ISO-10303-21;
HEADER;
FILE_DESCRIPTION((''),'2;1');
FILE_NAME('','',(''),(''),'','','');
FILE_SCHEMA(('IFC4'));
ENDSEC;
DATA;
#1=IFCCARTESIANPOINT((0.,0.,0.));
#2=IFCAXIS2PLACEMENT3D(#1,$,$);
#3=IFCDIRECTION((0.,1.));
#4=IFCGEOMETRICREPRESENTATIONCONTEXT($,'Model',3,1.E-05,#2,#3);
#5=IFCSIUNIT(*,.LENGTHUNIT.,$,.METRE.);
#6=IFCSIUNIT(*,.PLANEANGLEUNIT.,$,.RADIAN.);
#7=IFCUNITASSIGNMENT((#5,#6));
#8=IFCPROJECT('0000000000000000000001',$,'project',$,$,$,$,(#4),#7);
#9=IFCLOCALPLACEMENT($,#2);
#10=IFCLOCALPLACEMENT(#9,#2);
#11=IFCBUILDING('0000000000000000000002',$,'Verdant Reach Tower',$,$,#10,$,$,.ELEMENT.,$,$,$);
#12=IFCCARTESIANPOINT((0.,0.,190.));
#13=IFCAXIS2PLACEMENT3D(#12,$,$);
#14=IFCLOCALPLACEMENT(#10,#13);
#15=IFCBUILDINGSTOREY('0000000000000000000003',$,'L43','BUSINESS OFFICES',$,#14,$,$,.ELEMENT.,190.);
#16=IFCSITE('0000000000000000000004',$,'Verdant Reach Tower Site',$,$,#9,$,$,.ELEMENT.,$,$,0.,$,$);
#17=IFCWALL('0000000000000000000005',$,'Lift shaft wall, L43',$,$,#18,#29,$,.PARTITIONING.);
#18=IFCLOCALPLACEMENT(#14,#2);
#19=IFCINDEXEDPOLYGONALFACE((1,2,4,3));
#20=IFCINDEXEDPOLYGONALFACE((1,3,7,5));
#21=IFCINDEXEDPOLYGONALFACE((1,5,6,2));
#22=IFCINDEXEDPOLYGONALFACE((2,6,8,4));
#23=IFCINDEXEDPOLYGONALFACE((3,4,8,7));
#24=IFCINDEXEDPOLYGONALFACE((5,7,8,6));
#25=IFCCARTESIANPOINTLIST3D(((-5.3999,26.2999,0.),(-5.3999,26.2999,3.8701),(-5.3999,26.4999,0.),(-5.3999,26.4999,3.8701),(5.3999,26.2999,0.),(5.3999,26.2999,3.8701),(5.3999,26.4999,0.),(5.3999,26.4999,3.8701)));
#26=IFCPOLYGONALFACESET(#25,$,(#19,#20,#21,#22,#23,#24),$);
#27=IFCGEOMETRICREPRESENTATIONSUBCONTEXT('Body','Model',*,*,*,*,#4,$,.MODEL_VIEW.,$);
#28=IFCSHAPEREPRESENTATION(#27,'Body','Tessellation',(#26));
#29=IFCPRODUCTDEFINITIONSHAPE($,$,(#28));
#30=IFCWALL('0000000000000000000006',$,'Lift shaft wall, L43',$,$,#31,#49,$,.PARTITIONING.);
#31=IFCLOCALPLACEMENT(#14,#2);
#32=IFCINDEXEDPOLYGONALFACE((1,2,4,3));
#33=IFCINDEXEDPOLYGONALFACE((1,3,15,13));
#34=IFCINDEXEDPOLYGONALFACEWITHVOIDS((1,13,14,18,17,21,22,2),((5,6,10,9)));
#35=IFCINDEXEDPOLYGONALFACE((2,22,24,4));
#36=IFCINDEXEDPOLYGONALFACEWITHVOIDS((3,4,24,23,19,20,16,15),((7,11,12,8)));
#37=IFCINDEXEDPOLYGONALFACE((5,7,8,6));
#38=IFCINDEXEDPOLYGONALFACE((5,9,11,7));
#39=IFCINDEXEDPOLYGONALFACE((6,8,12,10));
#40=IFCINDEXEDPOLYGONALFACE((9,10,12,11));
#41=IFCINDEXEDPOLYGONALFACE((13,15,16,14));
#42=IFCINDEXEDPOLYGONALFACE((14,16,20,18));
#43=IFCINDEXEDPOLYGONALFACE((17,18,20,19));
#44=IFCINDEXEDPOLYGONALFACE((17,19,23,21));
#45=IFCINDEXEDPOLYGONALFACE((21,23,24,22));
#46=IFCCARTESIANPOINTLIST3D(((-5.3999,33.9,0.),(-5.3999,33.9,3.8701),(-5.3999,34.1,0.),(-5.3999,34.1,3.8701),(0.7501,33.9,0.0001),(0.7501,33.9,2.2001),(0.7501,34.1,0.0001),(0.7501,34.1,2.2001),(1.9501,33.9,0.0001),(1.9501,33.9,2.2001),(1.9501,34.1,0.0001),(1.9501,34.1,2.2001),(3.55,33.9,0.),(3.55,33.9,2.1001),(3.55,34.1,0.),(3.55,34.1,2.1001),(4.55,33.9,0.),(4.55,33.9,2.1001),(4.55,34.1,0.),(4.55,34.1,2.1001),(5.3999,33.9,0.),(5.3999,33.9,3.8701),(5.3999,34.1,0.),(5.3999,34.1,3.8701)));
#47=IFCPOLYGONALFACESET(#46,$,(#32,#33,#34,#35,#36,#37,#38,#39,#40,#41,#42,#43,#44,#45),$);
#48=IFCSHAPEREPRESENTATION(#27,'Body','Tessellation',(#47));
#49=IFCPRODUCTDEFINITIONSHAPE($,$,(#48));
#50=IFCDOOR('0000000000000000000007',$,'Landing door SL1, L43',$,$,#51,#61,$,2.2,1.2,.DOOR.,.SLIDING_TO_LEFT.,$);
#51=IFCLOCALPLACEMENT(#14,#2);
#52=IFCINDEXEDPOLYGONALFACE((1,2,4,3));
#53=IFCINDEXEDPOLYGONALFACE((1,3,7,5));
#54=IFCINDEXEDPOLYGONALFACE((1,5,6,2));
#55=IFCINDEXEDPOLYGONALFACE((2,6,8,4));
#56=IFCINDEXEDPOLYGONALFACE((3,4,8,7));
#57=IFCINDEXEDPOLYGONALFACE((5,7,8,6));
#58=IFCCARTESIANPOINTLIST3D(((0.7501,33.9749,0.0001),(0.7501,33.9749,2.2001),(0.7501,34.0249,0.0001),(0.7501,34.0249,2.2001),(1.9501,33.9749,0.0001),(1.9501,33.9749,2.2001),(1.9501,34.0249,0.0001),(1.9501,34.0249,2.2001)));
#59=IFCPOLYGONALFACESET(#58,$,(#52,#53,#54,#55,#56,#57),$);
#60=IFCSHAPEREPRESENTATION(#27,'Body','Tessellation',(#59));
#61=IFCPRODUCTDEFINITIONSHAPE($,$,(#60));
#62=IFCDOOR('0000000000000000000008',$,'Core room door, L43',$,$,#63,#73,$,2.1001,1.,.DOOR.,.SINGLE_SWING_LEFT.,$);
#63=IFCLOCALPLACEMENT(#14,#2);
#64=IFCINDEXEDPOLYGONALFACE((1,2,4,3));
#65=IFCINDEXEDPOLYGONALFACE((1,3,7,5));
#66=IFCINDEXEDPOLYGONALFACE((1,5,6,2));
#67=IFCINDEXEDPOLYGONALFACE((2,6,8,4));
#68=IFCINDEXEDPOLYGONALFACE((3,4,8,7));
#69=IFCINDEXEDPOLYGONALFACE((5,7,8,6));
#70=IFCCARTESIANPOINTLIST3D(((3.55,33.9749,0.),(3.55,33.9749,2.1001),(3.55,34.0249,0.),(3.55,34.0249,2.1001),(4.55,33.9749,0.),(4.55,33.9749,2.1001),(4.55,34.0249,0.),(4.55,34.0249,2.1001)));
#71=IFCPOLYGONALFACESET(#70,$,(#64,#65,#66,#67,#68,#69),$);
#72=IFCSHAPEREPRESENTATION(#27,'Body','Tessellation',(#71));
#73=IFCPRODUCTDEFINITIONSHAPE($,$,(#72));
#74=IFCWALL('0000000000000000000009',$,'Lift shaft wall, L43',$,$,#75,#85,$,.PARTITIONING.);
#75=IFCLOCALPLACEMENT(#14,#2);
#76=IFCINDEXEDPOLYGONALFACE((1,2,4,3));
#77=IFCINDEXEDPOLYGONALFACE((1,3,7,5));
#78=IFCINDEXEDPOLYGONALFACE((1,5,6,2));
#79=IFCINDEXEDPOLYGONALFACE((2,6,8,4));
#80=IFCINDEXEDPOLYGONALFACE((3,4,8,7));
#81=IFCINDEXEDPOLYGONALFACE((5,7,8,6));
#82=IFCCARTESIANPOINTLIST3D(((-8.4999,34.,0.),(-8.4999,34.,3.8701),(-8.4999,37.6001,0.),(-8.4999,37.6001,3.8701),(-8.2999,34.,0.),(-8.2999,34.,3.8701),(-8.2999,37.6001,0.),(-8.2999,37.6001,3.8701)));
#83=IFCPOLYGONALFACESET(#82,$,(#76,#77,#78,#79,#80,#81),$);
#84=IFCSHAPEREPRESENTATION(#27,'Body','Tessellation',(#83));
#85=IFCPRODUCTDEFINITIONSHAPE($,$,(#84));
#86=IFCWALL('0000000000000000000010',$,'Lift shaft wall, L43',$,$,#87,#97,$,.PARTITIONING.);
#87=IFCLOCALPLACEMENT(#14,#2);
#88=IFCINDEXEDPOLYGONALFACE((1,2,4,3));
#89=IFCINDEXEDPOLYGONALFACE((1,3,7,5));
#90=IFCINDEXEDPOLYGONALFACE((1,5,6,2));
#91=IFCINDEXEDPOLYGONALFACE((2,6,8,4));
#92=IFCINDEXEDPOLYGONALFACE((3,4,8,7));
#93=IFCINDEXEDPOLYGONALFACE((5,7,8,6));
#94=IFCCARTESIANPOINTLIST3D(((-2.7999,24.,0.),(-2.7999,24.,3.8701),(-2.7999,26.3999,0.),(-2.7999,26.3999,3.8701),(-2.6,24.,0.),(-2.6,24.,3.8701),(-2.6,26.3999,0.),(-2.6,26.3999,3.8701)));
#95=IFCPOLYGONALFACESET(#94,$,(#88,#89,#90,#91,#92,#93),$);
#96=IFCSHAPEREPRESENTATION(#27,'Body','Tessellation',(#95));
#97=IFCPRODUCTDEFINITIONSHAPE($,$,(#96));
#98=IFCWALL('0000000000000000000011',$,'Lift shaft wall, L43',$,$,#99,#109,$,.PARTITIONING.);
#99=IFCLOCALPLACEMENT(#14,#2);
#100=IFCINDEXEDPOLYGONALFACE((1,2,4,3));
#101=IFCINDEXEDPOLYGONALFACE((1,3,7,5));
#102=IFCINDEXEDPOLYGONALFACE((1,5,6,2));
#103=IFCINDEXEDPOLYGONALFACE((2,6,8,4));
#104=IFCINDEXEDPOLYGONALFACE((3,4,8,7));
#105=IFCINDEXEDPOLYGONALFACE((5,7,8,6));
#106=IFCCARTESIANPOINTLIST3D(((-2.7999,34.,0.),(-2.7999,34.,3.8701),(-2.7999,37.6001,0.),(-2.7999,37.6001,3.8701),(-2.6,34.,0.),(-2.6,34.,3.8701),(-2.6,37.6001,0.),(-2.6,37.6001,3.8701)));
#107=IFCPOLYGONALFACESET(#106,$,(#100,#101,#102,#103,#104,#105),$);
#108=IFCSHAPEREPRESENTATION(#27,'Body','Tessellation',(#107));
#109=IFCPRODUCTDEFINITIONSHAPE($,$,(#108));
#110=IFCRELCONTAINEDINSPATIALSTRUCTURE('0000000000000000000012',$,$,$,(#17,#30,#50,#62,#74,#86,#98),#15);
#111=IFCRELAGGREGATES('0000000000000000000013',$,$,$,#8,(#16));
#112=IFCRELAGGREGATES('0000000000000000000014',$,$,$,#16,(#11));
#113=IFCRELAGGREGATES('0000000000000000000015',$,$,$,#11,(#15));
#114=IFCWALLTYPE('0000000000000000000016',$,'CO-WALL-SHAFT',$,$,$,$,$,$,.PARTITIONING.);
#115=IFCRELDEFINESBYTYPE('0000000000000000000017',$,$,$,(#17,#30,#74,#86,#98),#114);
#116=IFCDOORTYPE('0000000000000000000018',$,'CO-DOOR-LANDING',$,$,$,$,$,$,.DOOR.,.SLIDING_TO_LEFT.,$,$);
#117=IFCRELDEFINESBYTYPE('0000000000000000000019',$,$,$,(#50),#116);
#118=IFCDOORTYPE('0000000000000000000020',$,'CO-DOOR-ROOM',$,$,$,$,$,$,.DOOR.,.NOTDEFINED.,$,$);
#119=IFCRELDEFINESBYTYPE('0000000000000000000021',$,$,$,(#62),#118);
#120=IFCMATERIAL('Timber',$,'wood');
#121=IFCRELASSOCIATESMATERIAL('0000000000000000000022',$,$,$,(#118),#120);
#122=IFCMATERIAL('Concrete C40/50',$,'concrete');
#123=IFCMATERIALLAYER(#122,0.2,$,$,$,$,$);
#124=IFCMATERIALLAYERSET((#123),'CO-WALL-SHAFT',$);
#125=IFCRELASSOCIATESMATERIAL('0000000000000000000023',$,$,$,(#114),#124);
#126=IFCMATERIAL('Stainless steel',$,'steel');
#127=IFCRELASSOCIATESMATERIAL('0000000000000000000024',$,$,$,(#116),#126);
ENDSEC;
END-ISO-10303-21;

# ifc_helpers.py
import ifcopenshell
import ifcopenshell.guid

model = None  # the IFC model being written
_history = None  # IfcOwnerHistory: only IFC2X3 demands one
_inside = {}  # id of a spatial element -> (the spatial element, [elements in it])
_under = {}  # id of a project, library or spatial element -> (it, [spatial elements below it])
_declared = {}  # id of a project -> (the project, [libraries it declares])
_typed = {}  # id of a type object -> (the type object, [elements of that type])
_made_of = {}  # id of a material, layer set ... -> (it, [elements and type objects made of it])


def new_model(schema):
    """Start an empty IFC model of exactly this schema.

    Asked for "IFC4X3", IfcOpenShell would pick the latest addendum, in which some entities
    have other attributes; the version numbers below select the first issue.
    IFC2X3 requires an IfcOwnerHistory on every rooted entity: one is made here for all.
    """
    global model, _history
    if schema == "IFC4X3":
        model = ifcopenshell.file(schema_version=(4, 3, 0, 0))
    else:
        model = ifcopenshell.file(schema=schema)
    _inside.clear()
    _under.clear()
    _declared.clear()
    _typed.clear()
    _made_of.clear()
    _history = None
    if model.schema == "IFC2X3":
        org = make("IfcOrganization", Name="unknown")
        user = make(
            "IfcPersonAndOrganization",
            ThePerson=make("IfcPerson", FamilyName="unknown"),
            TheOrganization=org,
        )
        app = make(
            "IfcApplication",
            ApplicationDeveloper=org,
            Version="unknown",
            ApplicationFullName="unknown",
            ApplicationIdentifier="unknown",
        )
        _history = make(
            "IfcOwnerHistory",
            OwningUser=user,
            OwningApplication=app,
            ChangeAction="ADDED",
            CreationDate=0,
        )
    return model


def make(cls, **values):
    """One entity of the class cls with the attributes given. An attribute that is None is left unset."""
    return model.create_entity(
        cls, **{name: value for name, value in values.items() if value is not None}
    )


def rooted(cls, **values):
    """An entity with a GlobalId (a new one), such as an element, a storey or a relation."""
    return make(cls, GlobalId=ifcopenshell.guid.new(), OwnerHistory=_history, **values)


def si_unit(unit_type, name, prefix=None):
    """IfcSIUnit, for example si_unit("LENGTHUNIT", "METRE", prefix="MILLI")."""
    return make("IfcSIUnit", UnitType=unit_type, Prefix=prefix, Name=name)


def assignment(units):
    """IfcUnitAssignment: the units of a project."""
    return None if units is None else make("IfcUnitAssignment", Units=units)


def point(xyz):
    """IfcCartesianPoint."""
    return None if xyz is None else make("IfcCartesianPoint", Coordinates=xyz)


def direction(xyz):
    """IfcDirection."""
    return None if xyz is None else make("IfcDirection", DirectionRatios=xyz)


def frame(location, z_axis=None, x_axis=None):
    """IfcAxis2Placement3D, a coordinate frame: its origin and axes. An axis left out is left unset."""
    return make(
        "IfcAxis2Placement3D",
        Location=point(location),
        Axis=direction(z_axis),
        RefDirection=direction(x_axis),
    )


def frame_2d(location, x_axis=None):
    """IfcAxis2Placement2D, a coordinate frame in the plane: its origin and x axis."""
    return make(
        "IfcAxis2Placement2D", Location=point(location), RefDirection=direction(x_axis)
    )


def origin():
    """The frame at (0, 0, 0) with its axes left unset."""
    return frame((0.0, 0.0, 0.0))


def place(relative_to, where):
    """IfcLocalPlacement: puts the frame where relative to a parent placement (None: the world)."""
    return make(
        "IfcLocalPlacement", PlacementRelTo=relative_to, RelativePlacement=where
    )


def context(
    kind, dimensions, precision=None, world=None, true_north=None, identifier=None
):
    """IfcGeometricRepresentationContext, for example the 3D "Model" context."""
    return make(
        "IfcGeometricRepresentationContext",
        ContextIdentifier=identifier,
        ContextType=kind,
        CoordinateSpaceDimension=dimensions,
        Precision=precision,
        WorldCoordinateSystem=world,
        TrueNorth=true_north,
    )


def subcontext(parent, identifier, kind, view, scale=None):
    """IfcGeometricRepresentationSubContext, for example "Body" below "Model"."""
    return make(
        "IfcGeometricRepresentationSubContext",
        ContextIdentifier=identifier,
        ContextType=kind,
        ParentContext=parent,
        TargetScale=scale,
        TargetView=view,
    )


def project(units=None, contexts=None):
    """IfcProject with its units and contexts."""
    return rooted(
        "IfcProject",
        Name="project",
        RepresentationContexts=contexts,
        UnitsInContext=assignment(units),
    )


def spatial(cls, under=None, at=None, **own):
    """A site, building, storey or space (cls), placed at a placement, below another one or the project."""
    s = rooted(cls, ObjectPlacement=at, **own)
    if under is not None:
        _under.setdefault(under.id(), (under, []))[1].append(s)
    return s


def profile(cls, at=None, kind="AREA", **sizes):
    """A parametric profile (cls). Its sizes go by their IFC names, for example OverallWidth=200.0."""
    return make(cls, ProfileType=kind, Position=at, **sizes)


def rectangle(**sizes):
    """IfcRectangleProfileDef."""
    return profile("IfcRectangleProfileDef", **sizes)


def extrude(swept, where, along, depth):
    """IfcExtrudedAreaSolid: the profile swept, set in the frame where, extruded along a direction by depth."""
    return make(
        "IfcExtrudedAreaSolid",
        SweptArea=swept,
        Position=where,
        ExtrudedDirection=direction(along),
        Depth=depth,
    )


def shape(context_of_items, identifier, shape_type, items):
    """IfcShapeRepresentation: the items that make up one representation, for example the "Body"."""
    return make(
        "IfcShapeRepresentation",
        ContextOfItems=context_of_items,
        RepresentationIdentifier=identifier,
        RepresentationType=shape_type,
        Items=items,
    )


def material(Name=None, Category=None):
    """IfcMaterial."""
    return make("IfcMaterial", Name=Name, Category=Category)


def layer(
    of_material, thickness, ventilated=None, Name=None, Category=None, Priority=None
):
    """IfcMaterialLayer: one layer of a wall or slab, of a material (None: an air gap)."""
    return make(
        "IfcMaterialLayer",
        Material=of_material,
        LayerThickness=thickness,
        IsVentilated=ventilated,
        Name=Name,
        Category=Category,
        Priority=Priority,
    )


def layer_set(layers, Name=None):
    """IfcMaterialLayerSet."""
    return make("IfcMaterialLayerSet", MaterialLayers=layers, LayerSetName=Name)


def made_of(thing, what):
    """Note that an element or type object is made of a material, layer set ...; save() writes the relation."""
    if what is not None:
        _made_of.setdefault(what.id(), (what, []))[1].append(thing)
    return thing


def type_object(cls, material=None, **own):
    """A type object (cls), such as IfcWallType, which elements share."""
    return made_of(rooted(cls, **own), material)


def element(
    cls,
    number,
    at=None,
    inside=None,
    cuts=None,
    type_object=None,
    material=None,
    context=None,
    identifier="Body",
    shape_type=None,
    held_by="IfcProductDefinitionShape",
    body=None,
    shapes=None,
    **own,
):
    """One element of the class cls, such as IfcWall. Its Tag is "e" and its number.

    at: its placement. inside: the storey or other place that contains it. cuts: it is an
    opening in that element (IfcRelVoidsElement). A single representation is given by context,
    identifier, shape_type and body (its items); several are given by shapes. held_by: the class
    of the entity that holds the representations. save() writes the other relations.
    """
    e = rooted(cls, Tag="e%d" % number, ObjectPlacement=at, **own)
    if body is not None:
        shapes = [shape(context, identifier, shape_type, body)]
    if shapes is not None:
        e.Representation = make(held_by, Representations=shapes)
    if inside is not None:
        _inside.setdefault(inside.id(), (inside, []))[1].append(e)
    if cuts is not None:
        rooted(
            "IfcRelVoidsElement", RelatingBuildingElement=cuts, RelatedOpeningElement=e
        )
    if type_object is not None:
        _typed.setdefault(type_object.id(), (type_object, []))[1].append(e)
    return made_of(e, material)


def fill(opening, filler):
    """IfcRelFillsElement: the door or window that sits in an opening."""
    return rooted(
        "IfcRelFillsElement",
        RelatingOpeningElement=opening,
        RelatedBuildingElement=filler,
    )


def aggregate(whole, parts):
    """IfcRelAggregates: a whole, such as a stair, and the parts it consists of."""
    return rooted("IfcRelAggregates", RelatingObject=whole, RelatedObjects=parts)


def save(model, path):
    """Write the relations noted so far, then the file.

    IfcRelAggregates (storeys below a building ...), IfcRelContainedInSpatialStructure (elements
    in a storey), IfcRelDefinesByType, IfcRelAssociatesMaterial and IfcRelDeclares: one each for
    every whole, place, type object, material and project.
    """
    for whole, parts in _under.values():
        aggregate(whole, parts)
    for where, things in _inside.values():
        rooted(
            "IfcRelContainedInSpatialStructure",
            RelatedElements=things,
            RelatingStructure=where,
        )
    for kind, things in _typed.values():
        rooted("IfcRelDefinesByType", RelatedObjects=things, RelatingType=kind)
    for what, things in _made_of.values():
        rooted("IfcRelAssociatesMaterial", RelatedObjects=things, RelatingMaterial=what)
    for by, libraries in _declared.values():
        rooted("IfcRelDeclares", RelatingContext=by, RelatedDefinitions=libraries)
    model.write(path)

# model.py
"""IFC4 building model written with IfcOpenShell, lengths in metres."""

from ifc_helpers import new_model, si_unit, direction, frame, frame_2d, origin, place, context, subcontext, project, spatial, rectangle, extrude, material, layer, layer_set, type_object, element, fill, save


model = new_model("IFC4")

# Units and contexts
model_context = context("Model", 3, precision=1e-05, world=origin(), true_north=direction((0.0, 1.0)))
body_context = subcontext(model_context, "Body", "Model", "MODEL_VIEW")
ifc_project = project(units=[si_unit("LENGTHUNIT", "METRE"), si_unit("PLANEANGLEUNIT", "RADIAN")], contexts=[model_context])

# Site, building, storey
site_placement = place(None, origin())
site = spatial("IfcSite", under=ifc_project, at=site_placement, Name="Verdant Reach Tower Site", CompositionType="ELEMENT", RefElevation=0.0)
building_placement = place(site_placement, origin())
building = spatial("IfcBuilding", under=site, at=building_placement, Name="Verdant Reach Tower", CompositionType="ELEMENT")
storey_placement = place(building_placement, frame((0.0, 0.0, 190.0)))
storey = spatial("IfcBuildingStorey", under=building, at=storey_placement, Name="L43", Description="BUSINESS OFFICES", CompositionType="ELEMENT", Elevation=190.0)

# Shared definitions
ifc_material_1 = material(Name="Timber", Category="wood")
door_type_1 = type_object("IfcDoorType", Name="CO-DOOR-ROOM", OperationType="NOTDEFINED", PredefinedType="DOOR", material=ifc_material_1)

# Shared definitions
ifc_material_2 = material(Name="Concrete C40/50", Category="concrete")
ifc_layer_1 = layer(ifc_material_2, 0.2)
ifc_layer_set_1 = layer_set([ifc_layer_1], Name="CO-WALL-SHAFT")
wall_type_1 = type_object("IfcWallType", Name="CO-WALL-SHAFT", PredefinedType="PARTITIONING", material=ifc_layer_set_1)
ifc_material_3 = material(Name="Stainless steel", Category="steel")
door_type_2 = type_object("IfcDoorType", Name="CO-DOOR-LANDING", OperationType="SLIDING_TO_LEFT", PredefinedType="DOOR", material=ifc_material_3)

# Wall
wall_1_placement = place(storey_placement, frame((-5.3999, 26.3999, 0.0), z_axis=(0.0, 0.0, 1.0), x_axis=(1.0, 0.0, 0.0)))
element("IfcWall", 1, at=wall_1_placement, inside=storey, type_object=wall_type_1, Name="Lift shaft wall, L43", PredefinedType="PARTITIONING", context=body_context, shape_type="SweptSolid", body=[
    extrude(rectangle(XDim=10.7998, YDim=0.2, at=frame_2d((5.3999, 0.0))), origin(), (0.0, 0.0, 1.0), 3.8701),
])

# Wall, openings, doors
wall_2_placement = place(storey_placement, frame((-5.3999, 34.0, 0.0), z_axis=(0.0, 0.0, 1.0), x_axis=(1.0, 0.0, 0.0)))
wall_2 = element("IfcWall", 2, at=wall_2_placement, inside=storey, type_object=wall_type_1, Name="Lift shaft wall, L43", PredefinedType="PARTITIONING", context=body_context, shape_type="SweptSolid", body=[
    extrude(rectangle(XDim=10.7998, YDim=0.2, at=frame_2d((5.3999, 0.0))), origin(), (0.0, 0.0, 1.0), 3.8701),
])
opening_1_placement = place(wall_2_placement, frame((6.1499, 0.0, 0.0)))
opening_1 = element("IfcOpeningElement", 3, at=opening_1_placement, cuts=wall_2, PredefinedType="OPENING", context=body_context, shape_type="SweptSolid", body=[
    extrude(rectangle(XDim=1.2, YDim=2.2, at=frame_2d((0.6001, 1.1001))), frame((0.0, 0.1099, 0.0), z_axis=(0.0, -1.0, 0.0), x_axis=(1.0, 0.0, 0.0)), (0.0, 0.0, 1.0), 0.22),
])
opening_2_placement = place(wall_2_placement, frame((8.95, 0.0, 0.0)))
opening_2 = element("IfcOpeningElement", 4, at=opening_2_placement, cuts=wall_2, PredefinedType="OPENING", context=body_context, shape_type="SweptSolid", body=[
    extrude(rectangle(XDim=1.0, YDim=2.1001, at=frame_2d((0.5, 1.05))), frame((0.0, 0.1099, 0.0), z_axis=(0.0, -1.0, 0.0), x_axis=(1.0, 0.0, 0.0)), (0.0, 0.0, 1.0), 0.22),
])
door_1_placement = place(opening_1_placement, origin())
door_1 = element("IfcDoor", 5, at=door_1_placement, inside=storey, type_object=door_type_2, Name="Landing door SL1, L43", OperationType="SLIDING_TO_LEFT", OverallHeight=2.2, OverallWidth=1.2, PredefinedType="DOOR", context=body_context, shape_type="SweptSolid", body=[
    extrude(rectangle(XDim=1.2, YDim=2.2, at=frame_2d((0.6001, 1.1001))), frame((0.0, 0.0249, 0.0), z_axis=(0.0, -1.0, 0.0), x_axis=(1.0, 0.0, 0.0)), (0.0, 0.0, 1.0), 0.05),
])
fill(opening_1, door_1)
door_2_placement = place(opening_2_placement, origin())
door_2 = element("IfcDoor", 6, at=door_2_placement, inside=storey, type_object=door_type_1, Name="Core room door, L43", OperationType="SINGLE_SWING_LEFT", OverallHeight=2.1001, OverallWidth=1.0, PredefinedType="DOOR", context=body_context, shape_type="SweptSolid", body=[
    extrude(rectangle(XDim=1.0, YDim=2.1001, at=frame_2d((0.5, 1.05))), frame((0.0, 0.0249, 0.0), z_axis=(0.0, -1.0, 0.0), x_axis=(1.0, 0.0, 0.0)), (0.0, 0.0, 1.0), 0.05),
])
fill(opening_2, door_2)

# Walls
wall_3_placement = place(storey_placement, frame((-8.3999, 34.0, 0.0), z_axis=(0.0, 0.0, 1.0), x_axis=(0.0, 1.0, 0.0)))
element("IfcWall", 7, at=wall_3_placement, inside=storey, type_object=wall_type_1, Name="Lift shaft wall, L43", PredefinedType="PARTITIONING", context=body_context, shape_type="SweptSolid", body=[
    extrude(rectangle(XDim=3.6001, YDim=0.2, at=frame_2d((1.8, 0.0))), origin(), (0.0, 0.0, 1.0), 3.8701),
])
wall_4_placement = place(storey_placement, frame((-2.7, 24.0, 0.0), z_axis=(0.0, 0.0, 1.0), x_axis=(0.0, 1.0, 0.0)))
element("IfcWall", 8, at=wall_4_placement, inside=storey, type_object=wall_type_1, Name="Lift shaft wall, L43", PredefinedType="PARTITIONING", context=body_context, shape_type="SweptSolid", body=[
    extrude(rectangle(XDim=2.3999, YDim=0.2, at=frame_2d((1.2, 0.0))), origin(), (0.0, 0.0, 1.0), 3.8701),
])
wall_5_placement = place(storey_placement, frame((-2.7, 34.0, 0.0), z_axis=(0.0, 0.0, 1.0), x_axis=(0.0, 1.0, 0.0)))
element("IfcWall", 9, at=wall_5_placement, inside=storey, type_object=wall_type_1, Name="Lift shaft wall, L43", PredefinedType="PARTITIONING", context=body_context, shape_type="SweptSolid", body=[
    extrude(rectangle(XDim=3.6001, YDim=0.2, at=frame_2d((1.8, 0.0))), origin(), (0.0, 0.0, 1.0), 3.8701),
])

save(model, "model.ifc")
